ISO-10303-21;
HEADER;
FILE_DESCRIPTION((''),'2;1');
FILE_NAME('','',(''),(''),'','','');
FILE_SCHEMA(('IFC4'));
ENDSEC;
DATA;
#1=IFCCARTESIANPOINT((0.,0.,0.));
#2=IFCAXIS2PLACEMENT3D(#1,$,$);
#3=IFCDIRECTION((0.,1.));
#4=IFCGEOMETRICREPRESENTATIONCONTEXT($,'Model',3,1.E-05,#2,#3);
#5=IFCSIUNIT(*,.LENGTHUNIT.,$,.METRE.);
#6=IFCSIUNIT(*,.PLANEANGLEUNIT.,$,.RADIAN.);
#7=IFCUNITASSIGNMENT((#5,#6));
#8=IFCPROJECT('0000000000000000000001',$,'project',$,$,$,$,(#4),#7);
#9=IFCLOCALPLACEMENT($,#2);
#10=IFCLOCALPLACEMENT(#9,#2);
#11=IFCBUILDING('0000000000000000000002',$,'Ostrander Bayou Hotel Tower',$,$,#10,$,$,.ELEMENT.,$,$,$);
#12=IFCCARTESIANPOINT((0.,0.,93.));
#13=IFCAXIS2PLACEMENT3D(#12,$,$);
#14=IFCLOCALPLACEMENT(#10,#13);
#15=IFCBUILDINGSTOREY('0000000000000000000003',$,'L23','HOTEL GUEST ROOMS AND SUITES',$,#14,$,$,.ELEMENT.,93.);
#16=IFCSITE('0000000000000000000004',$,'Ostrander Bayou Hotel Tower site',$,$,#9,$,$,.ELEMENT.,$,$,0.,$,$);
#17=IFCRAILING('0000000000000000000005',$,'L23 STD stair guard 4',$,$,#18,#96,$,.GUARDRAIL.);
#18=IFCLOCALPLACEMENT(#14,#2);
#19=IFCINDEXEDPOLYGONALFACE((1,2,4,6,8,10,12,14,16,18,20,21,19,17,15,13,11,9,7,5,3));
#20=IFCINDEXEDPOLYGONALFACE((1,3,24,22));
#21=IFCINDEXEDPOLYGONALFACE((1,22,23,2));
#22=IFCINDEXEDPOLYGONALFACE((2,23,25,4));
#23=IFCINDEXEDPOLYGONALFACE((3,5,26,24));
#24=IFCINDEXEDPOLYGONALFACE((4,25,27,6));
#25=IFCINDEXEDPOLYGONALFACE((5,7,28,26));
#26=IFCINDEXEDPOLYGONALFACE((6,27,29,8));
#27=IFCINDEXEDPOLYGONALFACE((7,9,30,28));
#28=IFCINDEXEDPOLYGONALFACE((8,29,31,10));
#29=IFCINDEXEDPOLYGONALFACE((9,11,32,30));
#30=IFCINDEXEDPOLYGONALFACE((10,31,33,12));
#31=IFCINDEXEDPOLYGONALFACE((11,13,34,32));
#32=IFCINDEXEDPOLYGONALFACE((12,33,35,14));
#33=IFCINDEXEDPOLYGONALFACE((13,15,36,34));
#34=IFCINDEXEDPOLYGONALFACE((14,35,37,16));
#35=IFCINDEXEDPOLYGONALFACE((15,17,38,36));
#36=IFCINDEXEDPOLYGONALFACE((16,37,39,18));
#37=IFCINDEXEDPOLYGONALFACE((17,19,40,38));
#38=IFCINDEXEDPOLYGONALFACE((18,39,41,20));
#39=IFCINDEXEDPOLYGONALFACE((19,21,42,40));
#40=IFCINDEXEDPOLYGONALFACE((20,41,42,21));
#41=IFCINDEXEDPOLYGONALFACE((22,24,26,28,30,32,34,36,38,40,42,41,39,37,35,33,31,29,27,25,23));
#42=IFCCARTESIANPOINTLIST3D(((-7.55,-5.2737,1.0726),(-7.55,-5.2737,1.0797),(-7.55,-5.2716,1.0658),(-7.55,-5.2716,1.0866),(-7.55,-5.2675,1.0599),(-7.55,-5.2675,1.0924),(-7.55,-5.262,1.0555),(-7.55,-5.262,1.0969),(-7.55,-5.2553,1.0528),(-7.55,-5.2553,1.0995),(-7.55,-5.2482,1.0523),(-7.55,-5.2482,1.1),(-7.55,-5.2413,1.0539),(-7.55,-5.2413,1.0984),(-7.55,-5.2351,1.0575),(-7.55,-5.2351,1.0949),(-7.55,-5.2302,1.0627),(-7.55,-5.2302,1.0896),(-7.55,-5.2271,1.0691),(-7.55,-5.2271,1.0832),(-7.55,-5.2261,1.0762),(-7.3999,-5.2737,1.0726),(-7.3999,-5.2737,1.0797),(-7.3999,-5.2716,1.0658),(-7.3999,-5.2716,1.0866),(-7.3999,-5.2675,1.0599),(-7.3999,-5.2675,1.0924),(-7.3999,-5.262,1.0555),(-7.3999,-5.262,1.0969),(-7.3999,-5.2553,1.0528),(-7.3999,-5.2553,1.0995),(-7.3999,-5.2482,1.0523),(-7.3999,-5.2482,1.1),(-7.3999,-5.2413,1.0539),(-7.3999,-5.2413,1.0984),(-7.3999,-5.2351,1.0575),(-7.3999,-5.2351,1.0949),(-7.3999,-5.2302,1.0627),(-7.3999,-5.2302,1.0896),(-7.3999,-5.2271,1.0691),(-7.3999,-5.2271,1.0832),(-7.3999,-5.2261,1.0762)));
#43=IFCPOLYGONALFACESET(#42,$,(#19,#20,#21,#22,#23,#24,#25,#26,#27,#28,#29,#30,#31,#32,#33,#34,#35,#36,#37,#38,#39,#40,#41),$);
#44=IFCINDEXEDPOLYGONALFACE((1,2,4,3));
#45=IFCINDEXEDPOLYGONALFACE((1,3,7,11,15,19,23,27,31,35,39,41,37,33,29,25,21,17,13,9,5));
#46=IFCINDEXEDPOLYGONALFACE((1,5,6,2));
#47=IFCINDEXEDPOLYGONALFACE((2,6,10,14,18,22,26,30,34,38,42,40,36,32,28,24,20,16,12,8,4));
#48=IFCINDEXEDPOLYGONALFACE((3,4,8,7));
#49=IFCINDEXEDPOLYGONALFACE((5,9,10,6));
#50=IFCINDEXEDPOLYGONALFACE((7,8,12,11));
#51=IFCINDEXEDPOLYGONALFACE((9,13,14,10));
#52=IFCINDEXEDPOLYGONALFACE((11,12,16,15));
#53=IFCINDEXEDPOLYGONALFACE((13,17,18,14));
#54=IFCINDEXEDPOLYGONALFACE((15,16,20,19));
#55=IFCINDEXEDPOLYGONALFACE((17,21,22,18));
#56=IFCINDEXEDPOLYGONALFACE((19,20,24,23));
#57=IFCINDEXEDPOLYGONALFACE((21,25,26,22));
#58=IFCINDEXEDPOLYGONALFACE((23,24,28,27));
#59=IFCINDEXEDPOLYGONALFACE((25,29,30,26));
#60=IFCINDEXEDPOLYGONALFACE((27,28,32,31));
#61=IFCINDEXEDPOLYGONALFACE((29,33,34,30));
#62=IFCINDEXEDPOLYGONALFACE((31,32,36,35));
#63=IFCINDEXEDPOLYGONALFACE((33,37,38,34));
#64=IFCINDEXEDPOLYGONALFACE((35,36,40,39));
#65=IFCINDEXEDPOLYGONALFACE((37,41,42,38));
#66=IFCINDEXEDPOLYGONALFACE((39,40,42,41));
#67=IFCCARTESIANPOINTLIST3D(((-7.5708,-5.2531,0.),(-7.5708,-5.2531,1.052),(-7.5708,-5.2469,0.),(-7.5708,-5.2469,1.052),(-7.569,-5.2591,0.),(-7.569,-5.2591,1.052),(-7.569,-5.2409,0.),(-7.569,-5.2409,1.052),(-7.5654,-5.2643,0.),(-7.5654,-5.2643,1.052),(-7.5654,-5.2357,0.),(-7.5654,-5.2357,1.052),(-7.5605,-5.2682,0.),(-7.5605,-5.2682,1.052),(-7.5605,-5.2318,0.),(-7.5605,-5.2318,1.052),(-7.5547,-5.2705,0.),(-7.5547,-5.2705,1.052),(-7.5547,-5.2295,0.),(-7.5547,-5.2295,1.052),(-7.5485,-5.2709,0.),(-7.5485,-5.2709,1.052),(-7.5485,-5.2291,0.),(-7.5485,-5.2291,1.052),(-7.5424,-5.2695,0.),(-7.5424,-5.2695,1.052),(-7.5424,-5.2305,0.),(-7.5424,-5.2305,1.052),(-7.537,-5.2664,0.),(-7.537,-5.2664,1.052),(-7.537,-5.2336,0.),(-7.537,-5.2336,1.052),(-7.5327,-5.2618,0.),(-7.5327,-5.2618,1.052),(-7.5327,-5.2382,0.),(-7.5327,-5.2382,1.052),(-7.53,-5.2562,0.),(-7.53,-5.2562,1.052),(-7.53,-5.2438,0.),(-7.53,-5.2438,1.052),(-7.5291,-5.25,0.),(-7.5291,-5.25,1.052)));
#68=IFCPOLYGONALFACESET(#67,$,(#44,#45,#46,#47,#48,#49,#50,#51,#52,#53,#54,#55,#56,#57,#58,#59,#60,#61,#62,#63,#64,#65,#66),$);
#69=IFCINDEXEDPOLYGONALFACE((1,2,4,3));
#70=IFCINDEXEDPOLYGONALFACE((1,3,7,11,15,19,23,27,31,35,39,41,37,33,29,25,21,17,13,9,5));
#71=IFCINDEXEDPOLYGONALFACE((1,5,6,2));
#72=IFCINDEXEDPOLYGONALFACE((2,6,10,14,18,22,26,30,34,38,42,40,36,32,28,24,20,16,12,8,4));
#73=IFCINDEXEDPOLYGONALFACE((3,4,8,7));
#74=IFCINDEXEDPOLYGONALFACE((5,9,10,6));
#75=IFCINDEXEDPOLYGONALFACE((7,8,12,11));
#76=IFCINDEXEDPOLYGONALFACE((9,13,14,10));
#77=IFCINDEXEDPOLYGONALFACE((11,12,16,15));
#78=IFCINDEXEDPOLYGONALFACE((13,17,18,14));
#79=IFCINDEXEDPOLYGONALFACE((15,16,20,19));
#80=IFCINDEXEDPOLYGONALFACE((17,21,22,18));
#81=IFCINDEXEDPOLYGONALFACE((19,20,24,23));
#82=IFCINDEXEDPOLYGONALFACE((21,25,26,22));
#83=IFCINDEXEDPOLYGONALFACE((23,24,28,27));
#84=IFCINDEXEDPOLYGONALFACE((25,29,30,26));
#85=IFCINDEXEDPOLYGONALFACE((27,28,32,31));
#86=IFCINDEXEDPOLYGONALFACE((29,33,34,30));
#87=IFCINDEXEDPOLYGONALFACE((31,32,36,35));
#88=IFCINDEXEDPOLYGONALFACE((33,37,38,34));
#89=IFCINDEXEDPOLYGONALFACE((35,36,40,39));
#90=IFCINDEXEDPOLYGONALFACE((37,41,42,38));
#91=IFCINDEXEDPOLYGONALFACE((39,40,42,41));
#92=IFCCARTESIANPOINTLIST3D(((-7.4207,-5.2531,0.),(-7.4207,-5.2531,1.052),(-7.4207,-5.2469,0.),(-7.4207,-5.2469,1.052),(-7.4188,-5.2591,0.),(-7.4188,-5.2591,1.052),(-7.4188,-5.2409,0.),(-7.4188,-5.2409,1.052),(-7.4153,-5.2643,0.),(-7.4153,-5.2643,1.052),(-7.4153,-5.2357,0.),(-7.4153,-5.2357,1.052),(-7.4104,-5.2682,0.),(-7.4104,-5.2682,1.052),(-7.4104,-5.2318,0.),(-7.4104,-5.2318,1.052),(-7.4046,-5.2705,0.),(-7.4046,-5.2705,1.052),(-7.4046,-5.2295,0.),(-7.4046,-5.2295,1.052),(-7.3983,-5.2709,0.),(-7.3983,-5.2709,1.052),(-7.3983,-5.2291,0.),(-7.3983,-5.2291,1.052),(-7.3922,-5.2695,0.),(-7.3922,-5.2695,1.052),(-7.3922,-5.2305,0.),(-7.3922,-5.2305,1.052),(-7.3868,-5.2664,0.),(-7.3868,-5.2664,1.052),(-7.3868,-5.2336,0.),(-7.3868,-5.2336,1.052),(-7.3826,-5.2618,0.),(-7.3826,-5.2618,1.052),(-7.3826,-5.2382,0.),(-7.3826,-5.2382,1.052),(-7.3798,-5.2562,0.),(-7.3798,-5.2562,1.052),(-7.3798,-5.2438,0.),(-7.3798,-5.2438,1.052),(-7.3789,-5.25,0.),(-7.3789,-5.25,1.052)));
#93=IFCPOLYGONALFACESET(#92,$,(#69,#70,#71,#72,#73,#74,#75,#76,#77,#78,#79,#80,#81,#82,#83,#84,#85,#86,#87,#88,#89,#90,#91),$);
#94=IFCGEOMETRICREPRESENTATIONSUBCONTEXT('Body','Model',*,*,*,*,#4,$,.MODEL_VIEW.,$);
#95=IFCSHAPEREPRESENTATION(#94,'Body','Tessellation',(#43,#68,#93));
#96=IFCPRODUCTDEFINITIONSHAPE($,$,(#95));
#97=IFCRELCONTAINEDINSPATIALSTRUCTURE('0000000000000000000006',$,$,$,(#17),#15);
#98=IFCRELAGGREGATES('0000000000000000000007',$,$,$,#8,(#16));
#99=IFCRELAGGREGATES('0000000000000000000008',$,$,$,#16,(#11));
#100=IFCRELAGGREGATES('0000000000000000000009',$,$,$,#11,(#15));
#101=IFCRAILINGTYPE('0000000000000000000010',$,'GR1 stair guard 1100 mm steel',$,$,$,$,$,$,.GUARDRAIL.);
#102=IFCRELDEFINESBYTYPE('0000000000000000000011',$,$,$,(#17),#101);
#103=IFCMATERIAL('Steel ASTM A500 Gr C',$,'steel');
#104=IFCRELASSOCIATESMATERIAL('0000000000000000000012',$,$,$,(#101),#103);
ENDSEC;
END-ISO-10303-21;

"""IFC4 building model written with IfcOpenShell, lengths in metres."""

from ifc_helpers import new_model, si_unit, direction, frame, origin, origin_2d, place, context, subcontext, project, spatial, circle, extrude, material, type_object, element, save


model = new_model("IFC4")

# Units and contexts
model_context = context("Model", 3, precision=1e-05, world=origin(), true_north=direction((0.0, 1.0)))
body_context = subcontext(model_context, "Body", "Model", "MODEL_VIEW")
ifc_project = project(units=[si_unit("LENGTHUNIT", "METRE"), si_unit("PLANEANGLEUNIT", "RADIAN")], contexts=[model_context])

# Site, building, storey
site_placement = place(None, origin())
site = spatial("IfcSite", under=ifc_project, at=site_placement, Name="Ostrander Bayou Hotel Tower site", CompositionType="ELEMENT", RefElevation=0.0)
building_placement = place(site_placement, origin())
building = spatial("IfcBuilding", under=site, at=building_placement, Name="Ostrander Bayou Hotel Tower", CompositionType="ELEMENT")
storey_placement = place(building_placement, frame((0.0, 0.0, 93.0)))
storey = spatial("IfcBuildingStorey", under=building, at=storey_placement, Name="L23", Description="HOTEL GUEST ROOMS AND SUITES", CompositionType="ELEMENT", Elevation=93.0)

# Railing
ifc_material_1 = material(Name="Steel ASTM A500 Gr C", Category="steel")
railing_type_1 = type_object("IfcRailingType", Name="GR1 stair guard 1100 mm steel", PredefinedType="GUARDRAIL", material=ifc_material_1)
railing_1_placement = place(storey_placement, frame((-7.55, -5.25, 0.0)))
element("IfcRailing", 1, at=railing_1_placement, inside=storey, type_object=railing_type_1, Name="L23 STD stair guard 4", PredefinedType="GUARDRAIL", context=body_context, shape_type="SweptSolid", body=[
    extrude(circle(Radius=0.0239, at=origin_2d()), frame((0.0, 0.0, 1.0762), z_axis=(1.0, 0.0, 0.0), x_axis=(0.0, 1.0, 0.0)), (0.0, 0.0, 1.0), 0.1501),
    extrude(circle(Radius=0.021, at=origin_2d()), origin(), (0.0, 0.0, 1.0), 1.052),
    extrude(circle(Radius=0.021, at=origin_2d()), frame((0.1501, 0.0, 0.0)), (0.0, 0.0, 1.0), 1.052),
])

save(model, "model.ifc")
